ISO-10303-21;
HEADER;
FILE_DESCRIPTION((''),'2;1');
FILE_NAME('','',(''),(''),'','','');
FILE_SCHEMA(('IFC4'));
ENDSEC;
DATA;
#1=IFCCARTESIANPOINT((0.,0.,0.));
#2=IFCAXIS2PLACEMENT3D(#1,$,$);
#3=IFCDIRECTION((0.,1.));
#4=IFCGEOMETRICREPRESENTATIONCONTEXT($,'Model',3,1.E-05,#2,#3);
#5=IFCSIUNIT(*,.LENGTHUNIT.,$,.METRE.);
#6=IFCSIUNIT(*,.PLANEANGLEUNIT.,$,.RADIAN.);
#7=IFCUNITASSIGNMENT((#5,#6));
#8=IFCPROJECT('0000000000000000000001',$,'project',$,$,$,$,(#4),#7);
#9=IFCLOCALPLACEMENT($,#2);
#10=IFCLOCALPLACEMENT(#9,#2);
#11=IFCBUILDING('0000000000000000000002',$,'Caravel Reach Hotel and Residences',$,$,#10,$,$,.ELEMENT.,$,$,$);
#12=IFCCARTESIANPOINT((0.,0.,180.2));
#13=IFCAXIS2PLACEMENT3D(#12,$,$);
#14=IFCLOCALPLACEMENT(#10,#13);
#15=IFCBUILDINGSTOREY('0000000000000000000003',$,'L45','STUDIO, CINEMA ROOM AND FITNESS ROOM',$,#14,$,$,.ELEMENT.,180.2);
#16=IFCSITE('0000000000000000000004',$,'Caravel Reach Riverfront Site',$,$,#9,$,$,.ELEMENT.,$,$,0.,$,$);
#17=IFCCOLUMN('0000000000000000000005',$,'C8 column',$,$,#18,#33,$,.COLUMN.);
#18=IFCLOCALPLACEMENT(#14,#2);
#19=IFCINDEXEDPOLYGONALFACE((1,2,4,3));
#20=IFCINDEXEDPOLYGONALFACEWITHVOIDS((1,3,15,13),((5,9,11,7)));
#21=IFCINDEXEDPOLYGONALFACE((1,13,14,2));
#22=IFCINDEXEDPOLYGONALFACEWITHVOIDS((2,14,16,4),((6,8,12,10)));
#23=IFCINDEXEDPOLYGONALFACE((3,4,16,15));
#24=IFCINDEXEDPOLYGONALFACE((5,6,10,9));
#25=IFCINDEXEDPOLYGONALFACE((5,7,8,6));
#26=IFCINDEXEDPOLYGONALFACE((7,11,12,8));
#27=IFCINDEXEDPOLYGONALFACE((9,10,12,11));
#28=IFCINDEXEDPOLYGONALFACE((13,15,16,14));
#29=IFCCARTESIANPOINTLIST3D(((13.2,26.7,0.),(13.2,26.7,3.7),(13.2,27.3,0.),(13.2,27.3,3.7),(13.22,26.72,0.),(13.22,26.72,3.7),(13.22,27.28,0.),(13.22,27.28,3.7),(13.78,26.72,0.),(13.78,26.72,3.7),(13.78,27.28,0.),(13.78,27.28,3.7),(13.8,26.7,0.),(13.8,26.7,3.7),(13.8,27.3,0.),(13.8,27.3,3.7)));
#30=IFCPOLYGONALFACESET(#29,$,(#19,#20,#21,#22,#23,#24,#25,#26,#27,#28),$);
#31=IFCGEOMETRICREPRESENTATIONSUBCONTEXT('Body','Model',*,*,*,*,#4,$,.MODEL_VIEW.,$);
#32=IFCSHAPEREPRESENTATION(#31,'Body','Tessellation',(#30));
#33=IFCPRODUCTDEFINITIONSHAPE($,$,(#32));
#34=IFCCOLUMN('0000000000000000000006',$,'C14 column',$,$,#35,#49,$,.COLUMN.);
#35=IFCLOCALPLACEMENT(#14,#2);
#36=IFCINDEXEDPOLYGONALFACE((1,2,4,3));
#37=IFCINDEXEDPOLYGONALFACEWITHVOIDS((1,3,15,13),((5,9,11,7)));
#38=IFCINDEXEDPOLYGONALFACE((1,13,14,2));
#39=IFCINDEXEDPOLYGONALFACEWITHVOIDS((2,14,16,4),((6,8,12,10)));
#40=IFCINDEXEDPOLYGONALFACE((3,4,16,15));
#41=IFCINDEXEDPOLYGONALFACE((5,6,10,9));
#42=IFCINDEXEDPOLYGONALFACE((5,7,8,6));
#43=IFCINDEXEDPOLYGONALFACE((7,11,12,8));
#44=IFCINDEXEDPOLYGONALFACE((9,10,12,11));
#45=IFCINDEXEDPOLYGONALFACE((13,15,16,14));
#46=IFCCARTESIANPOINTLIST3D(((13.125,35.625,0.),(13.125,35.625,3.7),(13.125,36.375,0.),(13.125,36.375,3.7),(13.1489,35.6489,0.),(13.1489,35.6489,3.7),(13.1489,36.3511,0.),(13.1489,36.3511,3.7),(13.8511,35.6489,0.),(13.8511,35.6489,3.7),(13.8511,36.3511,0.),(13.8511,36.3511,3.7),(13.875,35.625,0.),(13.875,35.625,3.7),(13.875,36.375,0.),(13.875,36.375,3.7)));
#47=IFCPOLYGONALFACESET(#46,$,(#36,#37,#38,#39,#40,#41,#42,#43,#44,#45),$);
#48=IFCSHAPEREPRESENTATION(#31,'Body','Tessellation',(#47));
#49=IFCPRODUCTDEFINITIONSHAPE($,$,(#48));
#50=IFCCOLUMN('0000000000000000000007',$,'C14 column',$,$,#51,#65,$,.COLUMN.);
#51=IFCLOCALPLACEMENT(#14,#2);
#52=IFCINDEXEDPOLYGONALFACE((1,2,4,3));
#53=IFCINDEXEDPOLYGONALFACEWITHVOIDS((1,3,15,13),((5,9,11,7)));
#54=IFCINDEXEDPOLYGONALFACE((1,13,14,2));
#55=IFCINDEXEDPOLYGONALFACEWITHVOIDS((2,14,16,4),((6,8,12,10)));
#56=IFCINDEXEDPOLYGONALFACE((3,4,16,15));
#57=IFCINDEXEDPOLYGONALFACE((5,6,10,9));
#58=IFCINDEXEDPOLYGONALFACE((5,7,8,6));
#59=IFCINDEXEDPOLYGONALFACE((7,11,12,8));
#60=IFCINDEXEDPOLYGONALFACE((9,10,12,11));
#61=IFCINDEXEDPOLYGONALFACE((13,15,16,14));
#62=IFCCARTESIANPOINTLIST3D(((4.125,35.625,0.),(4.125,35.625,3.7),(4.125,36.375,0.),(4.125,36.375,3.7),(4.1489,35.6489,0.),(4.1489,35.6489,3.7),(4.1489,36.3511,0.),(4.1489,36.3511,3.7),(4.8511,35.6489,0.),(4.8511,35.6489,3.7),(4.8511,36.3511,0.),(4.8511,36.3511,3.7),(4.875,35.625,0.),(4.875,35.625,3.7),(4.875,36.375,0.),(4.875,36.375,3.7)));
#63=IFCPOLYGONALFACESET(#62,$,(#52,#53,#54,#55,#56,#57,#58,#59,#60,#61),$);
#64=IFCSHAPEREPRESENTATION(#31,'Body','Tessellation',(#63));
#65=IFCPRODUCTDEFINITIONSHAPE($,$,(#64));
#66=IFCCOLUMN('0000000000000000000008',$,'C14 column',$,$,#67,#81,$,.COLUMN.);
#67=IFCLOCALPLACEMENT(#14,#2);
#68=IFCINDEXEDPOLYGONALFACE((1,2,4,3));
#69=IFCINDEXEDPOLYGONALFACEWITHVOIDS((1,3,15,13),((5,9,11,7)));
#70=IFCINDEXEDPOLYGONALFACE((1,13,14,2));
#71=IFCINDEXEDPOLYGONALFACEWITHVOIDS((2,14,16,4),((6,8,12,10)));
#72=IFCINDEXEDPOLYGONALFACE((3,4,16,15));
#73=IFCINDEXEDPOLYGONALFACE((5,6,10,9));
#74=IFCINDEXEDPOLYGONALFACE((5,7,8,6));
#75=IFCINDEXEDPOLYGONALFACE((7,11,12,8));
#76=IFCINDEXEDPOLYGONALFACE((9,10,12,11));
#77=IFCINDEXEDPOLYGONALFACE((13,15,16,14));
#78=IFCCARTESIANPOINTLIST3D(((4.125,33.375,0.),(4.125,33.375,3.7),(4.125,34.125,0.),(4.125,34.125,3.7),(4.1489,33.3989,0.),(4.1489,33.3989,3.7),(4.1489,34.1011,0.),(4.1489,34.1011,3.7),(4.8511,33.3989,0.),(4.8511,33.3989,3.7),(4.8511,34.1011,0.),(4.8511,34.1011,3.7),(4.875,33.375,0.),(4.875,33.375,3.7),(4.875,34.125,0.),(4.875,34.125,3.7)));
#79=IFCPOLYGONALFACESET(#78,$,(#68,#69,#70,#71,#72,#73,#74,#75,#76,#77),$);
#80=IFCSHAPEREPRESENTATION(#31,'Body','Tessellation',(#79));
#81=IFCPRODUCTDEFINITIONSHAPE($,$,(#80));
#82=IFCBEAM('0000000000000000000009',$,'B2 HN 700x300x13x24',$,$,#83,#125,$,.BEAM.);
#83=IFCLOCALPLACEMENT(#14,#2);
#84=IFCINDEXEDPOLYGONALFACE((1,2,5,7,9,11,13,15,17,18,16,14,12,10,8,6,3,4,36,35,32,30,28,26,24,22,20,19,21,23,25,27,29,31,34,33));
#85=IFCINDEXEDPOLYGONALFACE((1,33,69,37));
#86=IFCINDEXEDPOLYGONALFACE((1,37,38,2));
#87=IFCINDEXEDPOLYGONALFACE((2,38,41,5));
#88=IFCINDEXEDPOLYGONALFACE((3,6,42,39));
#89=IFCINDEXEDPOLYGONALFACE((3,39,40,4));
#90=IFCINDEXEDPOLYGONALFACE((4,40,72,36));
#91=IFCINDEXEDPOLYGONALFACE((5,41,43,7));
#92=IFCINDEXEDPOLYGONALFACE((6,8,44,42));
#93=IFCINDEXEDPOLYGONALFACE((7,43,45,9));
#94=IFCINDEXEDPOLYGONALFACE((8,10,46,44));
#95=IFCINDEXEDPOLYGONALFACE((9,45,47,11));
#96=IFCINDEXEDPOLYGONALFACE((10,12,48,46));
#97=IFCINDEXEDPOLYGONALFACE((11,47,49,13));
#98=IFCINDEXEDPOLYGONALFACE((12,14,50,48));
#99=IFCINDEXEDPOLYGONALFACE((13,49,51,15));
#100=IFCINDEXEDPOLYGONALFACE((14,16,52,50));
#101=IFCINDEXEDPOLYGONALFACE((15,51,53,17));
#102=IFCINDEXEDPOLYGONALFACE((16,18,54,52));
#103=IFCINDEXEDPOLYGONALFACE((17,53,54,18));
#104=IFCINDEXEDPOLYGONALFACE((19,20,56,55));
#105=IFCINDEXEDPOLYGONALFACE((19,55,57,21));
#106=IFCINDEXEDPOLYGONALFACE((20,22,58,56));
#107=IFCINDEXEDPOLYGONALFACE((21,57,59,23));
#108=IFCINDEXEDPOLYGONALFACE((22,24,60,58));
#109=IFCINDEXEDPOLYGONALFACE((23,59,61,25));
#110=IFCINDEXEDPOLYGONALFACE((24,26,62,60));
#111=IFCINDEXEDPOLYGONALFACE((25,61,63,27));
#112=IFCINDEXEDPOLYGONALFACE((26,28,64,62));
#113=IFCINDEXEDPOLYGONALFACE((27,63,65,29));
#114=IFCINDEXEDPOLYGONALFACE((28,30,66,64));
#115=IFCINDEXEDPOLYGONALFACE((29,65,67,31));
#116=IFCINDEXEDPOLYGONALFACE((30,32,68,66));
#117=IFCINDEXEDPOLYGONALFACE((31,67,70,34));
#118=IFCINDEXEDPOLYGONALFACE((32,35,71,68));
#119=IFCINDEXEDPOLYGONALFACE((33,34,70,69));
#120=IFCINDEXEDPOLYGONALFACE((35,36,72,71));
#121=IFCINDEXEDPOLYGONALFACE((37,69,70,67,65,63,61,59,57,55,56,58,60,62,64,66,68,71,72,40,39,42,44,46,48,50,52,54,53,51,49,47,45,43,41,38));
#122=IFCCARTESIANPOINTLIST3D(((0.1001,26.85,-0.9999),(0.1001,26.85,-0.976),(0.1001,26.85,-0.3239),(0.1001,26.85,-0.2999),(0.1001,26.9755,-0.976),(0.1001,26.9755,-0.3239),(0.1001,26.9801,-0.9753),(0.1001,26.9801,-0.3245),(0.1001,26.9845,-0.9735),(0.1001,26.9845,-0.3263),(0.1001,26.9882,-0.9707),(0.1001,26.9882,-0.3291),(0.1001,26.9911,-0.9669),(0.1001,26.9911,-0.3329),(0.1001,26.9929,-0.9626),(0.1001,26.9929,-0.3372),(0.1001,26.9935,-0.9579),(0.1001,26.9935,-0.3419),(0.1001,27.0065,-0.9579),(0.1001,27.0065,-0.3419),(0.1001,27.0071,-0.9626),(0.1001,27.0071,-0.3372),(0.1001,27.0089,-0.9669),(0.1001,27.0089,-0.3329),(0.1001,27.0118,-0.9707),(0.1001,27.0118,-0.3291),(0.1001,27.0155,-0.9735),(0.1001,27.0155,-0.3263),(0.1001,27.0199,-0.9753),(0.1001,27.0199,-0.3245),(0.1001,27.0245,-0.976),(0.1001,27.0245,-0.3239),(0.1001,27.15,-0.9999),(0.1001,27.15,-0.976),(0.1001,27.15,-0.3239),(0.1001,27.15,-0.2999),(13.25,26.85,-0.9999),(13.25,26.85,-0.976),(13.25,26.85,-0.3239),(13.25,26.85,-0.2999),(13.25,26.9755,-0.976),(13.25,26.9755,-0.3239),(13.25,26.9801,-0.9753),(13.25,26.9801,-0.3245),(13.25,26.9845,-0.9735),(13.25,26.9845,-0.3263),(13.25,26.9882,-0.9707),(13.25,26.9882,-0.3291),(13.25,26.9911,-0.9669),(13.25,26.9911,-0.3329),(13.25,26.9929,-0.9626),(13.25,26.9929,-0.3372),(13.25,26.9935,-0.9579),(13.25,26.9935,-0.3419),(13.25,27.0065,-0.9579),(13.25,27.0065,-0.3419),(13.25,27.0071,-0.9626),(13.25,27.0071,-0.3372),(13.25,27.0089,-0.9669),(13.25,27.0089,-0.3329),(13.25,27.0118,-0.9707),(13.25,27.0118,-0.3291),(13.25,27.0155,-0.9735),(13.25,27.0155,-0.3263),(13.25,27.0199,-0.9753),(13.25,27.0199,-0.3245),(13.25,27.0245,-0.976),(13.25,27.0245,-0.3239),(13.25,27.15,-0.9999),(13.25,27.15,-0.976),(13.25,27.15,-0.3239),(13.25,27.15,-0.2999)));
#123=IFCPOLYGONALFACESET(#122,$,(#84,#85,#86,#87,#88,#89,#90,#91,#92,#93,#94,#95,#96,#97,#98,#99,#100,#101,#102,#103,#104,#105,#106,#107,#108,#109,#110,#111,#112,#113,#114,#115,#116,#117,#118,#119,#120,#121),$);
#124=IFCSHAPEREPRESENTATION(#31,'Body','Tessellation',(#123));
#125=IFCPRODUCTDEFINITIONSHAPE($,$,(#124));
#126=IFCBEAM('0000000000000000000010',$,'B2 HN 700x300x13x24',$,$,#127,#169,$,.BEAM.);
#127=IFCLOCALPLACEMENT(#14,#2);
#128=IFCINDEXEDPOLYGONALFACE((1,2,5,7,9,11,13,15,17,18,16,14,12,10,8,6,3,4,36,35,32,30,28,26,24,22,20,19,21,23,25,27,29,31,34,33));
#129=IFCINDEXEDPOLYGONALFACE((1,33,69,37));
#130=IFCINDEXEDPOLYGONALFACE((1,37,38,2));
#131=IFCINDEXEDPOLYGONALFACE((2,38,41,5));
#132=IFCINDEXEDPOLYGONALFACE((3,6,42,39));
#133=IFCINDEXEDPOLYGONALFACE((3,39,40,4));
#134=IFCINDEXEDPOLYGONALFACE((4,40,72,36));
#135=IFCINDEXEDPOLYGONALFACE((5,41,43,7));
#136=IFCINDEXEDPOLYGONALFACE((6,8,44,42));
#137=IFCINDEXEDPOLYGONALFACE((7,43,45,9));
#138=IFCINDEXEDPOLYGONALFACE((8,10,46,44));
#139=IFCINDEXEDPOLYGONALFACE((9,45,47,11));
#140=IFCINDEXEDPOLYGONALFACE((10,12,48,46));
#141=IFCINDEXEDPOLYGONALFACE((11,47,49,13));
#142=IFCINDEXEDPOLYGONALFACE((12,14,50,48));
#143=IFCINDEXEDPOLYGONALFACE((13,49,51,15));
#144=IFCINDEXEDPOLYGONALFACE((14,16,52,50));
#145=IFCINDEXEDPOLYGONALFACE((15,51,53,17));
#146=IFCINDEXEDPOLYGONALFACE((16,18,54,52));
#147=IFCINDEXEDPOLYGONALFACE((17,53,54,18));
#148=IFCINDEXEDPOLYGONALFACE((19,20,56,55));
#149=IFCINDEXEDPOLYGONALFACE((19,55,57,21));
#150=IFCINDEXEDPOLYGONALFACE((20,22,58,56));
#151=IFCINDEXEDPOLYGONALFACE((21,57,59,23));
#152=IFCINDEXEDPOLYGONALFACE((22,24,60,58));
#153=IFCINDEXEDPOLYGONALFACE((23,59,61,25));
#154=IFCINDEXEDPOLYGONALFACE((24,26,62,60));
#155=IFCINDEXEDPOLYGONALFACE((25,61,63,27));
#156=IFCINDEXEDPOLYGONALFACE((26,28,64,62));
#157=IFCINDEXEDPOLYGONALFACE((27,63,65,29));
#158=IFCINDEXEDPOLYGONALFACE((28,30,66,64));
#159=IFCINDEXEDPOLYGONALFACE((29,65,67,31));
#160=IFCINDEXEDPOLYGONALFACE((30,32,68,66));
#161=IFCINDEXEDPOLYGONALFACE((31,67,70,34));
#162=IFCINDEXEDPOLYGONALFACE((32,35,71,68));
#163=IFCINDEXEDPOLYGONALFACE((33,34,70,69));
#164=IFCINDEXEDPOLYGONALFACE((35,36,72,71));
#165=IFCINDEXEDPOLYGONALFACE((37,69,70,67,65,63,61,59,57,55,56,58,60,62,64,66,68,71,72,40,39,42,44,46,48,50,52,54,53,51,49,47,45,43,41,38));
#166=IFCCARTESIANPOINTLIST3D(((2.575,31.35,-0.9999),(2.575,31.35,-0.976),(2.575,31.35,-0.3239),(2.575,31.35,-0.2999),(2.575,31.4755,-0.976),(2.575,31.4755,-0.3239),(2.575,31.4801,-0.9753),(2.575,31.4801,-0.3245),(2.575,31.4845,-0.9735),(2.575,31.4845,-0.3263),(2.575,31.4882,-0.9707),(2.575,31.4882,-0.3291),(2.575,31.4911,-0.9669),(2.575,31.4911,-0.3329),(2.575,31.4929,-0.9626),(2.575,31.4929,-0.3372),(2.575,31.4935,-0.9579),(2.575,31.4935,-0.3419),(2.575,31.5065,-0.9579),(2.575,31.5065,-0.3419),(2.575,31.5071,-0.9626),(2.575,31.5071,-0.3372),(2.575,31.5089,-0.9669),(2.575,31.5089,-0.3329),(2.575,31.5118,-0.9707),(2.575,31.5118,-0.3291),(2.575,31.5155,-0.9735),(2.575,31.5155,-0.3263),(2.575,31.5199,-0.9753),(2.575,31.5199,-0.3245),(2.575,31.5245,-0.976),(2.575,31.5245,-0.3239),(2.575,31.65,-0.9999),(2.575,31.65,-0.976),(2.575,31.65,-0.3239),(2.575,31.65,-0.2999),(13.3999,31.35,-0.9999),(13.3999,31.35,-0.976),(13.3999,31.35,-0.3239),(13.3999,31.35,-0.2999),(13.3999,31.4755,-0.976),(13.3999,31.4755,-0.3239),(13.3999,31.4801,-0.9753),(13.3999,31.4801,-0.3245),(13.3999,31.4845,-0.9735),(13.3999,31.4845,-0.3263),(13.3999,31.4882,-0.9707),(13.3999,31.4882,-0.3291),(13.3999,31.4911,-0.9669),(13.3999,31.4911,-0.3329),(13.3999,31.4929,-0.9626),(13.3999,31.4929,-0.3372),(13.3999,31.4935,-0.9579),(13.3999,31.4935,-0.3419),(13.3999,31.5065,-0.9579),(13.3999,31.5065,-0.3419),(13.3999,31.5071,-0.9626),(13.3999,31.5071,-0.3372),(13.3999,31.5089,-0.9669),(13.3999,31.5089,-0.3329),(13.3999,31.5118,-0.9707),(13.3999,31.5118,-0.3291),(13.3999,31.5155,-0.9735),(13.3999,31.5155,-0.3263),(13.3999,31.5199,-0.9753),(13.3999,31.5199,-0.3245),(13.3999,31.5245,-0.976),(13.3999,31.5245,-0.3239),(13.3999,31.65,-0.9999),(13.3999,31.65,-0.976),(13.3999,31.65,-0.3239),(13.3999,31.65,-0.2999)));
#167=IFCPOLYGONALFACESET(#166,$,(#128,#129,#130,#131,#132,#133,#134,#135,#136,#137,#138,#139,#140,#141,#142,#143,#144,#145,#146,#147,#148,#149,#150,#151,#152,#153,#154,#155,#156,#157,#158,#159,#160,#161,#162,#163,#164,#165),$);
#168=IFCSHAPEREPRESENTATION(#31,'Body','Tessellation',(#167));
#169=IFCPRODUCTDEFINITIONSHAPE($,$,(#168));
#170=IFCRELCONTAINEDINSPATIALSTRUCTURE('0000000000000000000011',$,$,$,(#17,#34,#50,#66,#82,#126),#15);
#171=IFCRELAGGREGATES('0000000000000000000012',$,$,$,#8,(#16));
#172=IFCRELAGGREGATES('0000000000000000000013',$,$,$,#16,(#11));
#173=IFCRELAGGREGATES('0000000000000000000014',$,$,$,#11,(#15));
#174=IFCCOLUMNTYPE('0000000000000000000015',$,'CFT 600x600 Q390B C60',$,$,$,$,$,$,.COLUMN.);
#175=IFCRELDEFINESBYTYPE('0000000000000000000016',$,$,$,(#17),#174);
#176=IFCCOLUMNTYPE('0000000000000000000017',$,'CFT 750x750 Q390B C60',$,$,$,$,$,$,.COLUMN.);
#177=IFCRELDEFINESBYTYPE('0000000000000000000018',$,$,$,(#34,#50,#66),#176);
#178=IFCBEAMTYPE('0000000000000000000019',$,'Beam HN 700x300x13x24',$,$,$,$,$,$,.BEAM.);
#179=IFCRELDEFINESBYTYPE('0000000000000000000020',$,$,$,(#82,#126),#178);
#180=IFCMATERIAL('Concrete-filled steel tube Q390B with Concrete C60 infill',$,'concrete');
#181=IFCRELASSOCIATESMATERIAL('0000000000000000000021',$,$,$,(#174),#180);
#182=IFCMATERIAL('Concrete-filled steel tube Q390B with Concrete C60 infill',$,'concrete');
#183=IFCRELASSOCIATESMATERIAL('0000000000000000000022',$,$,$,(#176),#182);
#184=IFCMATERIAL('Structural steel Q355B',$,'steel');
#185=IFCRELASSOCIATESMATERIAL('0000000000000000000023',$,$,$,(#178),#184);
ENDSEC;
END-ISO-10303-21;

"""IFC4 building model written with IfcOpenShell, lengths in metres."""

from ifc_helpers import new_model, si_unit, direction, frame, origin, origin_2d, place, context, subcontext, project, spatial, hollow_rectangle, i_section, extrude, material, material_profile, profile_set, type_object, element, save


model = new_model("IFC4")

# Units and contexts
model_context = context("Model", 3, precision=1e-05, world=origin(), true_north=direction((0.0, 1.0)))
body_context = subcontext(model_context, "Body", "Model", "MODEL_VIEW")
ifc_project = project(units=[si_unit("LENGTHUNIT", "METRE"), si_unit("PLANEANGLEUNIT", "RADIAN")], contexts=[model_context])

# Site, building, storey
site_placement = place(None, origin())
site = spatial("IfcSite", under=ifc_project, at=site_placement, Name="Caravel Reach Riverfront Site", CompositionType="ELEMENT", RefElevation=0.0)
building_placement = place(site_placement, origin())
building = spatial("IfcBuilding", under=site, at=building_placement, Name="Caravel Reach Hotel and Residences", CompositionType="ELEMENT")
storey_placement = place(building_placement, frame((0.0, 0.0, 180.2)))
storey = spatial("IfcBuildingStorey", under=building, at=storey_placement, Name="L45", Description="STUDIO, CINEMA ROOM AND FITNESS ROOM", CompositionType="ELEMENT", Elevation=180.2)

# Columns
ifc_material_1 = material(Name="Concrete-filled steel tube Q390B with Concrete C60 infill", Category="concrete")
ifc_material_profile_1 = material_profile(ifc_material_1, hollow_rectangle(XDim=0.6001, YDim=0.6001, WallThickness=0.02, at=origin_2d()), Name="RHS 600x600x20")
ifc_profile_set_1 = profile_set([ifc_material_profile_1], Name="Concrete-filled steel tube Q390B with Concrete C60 infill")
column_type_1 = type_object("IfcColumnType", Name="CFT 600x600 Q390B C60", PredefinedType="COLUMN", material=ifc_profile_set_1)
column_placement = place(storey_placement, frame((13.5, 27.0, 0.0), z_axis=(0.0, 0.0, 1.0), x_axis=(1.0, 0.0, 0.0)))
element("IfcColumn", 1, at=column_placement, inside=storey, type_object=column_type_1, Name="C8 column", PredefinedType="COLUMN", context=body_context, shape_type="SweptSolid", body=[
    extrude(hollow_rectangle(XDim=0.6001, YDim=0.6001, WallThickness=0.02, at=origin_2d()), origin(), (0.0, 0.0, 1.0), 3.7),
])
ifc_material_2 = material(Name="Concrete-filled steel tube Q390B with Concrete C60 infill", Category="concrete")
ifc_material_profile_2 = material_profile(ifc_material_2, hollow_rectangle(XDim=0.75, YDim=0.75, WallThickness=0.0239, at=origin_2d()), Name="RHS 750x750x24")
ifc_profile_set_2 = profile_set([ifc_material_profile_2], Name="Concrete-filled steel tube Q390B with Concrete C60 infill")
column_type_2 = type_object("IfcColumnType", Name="CFT 750x750 Q390B C60", PredefinedType="COLUMN", material=ifc_profile_set_2)
for number, where, z_axis, x_axis, name in (
    (2, (13.5, 36.0, 0.0), (0.0, 0.0, 1.0), (1.0, 0.0, 0.0), "C14 column"),
    (3, (4.5, 36.0, 0.0), (0.0, 0.0, 1.0), (1.0, 0.0, 0.0), "C14 column"),
    (4, (4.5, 33.75, 0.0), (0.0, 0.0, 1.0), (1.0, 0.0, 0.0), "C14 column"),
):
    element("IfcColumn", number, at=place(storey_placement, frame(where, z_axis=z_axis, x_axis=x_axis)), inside=storey, type_object=column_type_2, Name=name, PredefinedType="COLUMN", context=body_context, shape_type="SweptSolid", body=[
        extrude(hollow_rectangle(XDim=0.75, YDim=0.75, WallThickness=0.0239, at=origin_2d()), origin(), (0.0, 0.0, 1.0), 3.7),
    ])

# Beams
ifc_material_3 = material(Name="Structural steel Q355B", Category="steel")
ifc_material_profile_3 = material_profile(ifc_material_3, i_section(OverallWidth=0.3, OverallDepth=0.7, WebThickness=0.0129, FlangeThickness=0.0239, FilletRadius=0.0181, at=origin_2d()), Name="HN 700x300x13x24")
ifc_profile_set_3 = profile_set([ifc_material_profile_3], Name="Structural steel Q355B")
beam_type_1 = type_object("IfcBeamType", Name="Beam HN 700x300x13x24", PredefinedType="BEAM", material=ifc_profile_set_3)
beam_1_placement = place(storey_placement, frame((13.25, 27.0, -0.6499), z_axis=(-1.0, 0.0, 0.0), x_axis=(0.0, -1.0, 0.0)))
element("IfcBeam", 5, at=beam_1_placement, inside=storey, type_object=beam_type_1, Name="B2 HN 700x300x13x24", PredefinedType="BEAM", context=body_context, shape_type="SweptSolid", body=[
    extrude(i_section(OverallWidth=0.3, OverallDepth=0.7, WebThickness=0.0129, FlangeThickness=0.0239, FilletRadius=0.0181, at=origin_2d()), origin(), (0.0, 0.0, 1.0), 13.1499),
])
beam_2_placement = place(storey_placement, frame((13.3999, 31.5, -0.6499), z_axis=(-1.0, 0.0, 0.0), x_axis=(0.0, -1.0, 0.0)))
element("IfcBeam", 6, at=beam_2_placement, inside=storey, type_object=beam_type_1, Name="B2 HN 700x300x13x24", PredefinedType="BEAM", context=body_context, shape_type="SweptSolid", body=[
    extrude(i_section(OverallWidth=0.3, OverallDepth=0.7, WebThickness=0.0129, FlangeThickness=0.0239, FilletRadius=0.0181, at=origin_2d()), origin(), (0.0, 0.0, 1.0), 10.825),
])

save(model, "model.ifc")
